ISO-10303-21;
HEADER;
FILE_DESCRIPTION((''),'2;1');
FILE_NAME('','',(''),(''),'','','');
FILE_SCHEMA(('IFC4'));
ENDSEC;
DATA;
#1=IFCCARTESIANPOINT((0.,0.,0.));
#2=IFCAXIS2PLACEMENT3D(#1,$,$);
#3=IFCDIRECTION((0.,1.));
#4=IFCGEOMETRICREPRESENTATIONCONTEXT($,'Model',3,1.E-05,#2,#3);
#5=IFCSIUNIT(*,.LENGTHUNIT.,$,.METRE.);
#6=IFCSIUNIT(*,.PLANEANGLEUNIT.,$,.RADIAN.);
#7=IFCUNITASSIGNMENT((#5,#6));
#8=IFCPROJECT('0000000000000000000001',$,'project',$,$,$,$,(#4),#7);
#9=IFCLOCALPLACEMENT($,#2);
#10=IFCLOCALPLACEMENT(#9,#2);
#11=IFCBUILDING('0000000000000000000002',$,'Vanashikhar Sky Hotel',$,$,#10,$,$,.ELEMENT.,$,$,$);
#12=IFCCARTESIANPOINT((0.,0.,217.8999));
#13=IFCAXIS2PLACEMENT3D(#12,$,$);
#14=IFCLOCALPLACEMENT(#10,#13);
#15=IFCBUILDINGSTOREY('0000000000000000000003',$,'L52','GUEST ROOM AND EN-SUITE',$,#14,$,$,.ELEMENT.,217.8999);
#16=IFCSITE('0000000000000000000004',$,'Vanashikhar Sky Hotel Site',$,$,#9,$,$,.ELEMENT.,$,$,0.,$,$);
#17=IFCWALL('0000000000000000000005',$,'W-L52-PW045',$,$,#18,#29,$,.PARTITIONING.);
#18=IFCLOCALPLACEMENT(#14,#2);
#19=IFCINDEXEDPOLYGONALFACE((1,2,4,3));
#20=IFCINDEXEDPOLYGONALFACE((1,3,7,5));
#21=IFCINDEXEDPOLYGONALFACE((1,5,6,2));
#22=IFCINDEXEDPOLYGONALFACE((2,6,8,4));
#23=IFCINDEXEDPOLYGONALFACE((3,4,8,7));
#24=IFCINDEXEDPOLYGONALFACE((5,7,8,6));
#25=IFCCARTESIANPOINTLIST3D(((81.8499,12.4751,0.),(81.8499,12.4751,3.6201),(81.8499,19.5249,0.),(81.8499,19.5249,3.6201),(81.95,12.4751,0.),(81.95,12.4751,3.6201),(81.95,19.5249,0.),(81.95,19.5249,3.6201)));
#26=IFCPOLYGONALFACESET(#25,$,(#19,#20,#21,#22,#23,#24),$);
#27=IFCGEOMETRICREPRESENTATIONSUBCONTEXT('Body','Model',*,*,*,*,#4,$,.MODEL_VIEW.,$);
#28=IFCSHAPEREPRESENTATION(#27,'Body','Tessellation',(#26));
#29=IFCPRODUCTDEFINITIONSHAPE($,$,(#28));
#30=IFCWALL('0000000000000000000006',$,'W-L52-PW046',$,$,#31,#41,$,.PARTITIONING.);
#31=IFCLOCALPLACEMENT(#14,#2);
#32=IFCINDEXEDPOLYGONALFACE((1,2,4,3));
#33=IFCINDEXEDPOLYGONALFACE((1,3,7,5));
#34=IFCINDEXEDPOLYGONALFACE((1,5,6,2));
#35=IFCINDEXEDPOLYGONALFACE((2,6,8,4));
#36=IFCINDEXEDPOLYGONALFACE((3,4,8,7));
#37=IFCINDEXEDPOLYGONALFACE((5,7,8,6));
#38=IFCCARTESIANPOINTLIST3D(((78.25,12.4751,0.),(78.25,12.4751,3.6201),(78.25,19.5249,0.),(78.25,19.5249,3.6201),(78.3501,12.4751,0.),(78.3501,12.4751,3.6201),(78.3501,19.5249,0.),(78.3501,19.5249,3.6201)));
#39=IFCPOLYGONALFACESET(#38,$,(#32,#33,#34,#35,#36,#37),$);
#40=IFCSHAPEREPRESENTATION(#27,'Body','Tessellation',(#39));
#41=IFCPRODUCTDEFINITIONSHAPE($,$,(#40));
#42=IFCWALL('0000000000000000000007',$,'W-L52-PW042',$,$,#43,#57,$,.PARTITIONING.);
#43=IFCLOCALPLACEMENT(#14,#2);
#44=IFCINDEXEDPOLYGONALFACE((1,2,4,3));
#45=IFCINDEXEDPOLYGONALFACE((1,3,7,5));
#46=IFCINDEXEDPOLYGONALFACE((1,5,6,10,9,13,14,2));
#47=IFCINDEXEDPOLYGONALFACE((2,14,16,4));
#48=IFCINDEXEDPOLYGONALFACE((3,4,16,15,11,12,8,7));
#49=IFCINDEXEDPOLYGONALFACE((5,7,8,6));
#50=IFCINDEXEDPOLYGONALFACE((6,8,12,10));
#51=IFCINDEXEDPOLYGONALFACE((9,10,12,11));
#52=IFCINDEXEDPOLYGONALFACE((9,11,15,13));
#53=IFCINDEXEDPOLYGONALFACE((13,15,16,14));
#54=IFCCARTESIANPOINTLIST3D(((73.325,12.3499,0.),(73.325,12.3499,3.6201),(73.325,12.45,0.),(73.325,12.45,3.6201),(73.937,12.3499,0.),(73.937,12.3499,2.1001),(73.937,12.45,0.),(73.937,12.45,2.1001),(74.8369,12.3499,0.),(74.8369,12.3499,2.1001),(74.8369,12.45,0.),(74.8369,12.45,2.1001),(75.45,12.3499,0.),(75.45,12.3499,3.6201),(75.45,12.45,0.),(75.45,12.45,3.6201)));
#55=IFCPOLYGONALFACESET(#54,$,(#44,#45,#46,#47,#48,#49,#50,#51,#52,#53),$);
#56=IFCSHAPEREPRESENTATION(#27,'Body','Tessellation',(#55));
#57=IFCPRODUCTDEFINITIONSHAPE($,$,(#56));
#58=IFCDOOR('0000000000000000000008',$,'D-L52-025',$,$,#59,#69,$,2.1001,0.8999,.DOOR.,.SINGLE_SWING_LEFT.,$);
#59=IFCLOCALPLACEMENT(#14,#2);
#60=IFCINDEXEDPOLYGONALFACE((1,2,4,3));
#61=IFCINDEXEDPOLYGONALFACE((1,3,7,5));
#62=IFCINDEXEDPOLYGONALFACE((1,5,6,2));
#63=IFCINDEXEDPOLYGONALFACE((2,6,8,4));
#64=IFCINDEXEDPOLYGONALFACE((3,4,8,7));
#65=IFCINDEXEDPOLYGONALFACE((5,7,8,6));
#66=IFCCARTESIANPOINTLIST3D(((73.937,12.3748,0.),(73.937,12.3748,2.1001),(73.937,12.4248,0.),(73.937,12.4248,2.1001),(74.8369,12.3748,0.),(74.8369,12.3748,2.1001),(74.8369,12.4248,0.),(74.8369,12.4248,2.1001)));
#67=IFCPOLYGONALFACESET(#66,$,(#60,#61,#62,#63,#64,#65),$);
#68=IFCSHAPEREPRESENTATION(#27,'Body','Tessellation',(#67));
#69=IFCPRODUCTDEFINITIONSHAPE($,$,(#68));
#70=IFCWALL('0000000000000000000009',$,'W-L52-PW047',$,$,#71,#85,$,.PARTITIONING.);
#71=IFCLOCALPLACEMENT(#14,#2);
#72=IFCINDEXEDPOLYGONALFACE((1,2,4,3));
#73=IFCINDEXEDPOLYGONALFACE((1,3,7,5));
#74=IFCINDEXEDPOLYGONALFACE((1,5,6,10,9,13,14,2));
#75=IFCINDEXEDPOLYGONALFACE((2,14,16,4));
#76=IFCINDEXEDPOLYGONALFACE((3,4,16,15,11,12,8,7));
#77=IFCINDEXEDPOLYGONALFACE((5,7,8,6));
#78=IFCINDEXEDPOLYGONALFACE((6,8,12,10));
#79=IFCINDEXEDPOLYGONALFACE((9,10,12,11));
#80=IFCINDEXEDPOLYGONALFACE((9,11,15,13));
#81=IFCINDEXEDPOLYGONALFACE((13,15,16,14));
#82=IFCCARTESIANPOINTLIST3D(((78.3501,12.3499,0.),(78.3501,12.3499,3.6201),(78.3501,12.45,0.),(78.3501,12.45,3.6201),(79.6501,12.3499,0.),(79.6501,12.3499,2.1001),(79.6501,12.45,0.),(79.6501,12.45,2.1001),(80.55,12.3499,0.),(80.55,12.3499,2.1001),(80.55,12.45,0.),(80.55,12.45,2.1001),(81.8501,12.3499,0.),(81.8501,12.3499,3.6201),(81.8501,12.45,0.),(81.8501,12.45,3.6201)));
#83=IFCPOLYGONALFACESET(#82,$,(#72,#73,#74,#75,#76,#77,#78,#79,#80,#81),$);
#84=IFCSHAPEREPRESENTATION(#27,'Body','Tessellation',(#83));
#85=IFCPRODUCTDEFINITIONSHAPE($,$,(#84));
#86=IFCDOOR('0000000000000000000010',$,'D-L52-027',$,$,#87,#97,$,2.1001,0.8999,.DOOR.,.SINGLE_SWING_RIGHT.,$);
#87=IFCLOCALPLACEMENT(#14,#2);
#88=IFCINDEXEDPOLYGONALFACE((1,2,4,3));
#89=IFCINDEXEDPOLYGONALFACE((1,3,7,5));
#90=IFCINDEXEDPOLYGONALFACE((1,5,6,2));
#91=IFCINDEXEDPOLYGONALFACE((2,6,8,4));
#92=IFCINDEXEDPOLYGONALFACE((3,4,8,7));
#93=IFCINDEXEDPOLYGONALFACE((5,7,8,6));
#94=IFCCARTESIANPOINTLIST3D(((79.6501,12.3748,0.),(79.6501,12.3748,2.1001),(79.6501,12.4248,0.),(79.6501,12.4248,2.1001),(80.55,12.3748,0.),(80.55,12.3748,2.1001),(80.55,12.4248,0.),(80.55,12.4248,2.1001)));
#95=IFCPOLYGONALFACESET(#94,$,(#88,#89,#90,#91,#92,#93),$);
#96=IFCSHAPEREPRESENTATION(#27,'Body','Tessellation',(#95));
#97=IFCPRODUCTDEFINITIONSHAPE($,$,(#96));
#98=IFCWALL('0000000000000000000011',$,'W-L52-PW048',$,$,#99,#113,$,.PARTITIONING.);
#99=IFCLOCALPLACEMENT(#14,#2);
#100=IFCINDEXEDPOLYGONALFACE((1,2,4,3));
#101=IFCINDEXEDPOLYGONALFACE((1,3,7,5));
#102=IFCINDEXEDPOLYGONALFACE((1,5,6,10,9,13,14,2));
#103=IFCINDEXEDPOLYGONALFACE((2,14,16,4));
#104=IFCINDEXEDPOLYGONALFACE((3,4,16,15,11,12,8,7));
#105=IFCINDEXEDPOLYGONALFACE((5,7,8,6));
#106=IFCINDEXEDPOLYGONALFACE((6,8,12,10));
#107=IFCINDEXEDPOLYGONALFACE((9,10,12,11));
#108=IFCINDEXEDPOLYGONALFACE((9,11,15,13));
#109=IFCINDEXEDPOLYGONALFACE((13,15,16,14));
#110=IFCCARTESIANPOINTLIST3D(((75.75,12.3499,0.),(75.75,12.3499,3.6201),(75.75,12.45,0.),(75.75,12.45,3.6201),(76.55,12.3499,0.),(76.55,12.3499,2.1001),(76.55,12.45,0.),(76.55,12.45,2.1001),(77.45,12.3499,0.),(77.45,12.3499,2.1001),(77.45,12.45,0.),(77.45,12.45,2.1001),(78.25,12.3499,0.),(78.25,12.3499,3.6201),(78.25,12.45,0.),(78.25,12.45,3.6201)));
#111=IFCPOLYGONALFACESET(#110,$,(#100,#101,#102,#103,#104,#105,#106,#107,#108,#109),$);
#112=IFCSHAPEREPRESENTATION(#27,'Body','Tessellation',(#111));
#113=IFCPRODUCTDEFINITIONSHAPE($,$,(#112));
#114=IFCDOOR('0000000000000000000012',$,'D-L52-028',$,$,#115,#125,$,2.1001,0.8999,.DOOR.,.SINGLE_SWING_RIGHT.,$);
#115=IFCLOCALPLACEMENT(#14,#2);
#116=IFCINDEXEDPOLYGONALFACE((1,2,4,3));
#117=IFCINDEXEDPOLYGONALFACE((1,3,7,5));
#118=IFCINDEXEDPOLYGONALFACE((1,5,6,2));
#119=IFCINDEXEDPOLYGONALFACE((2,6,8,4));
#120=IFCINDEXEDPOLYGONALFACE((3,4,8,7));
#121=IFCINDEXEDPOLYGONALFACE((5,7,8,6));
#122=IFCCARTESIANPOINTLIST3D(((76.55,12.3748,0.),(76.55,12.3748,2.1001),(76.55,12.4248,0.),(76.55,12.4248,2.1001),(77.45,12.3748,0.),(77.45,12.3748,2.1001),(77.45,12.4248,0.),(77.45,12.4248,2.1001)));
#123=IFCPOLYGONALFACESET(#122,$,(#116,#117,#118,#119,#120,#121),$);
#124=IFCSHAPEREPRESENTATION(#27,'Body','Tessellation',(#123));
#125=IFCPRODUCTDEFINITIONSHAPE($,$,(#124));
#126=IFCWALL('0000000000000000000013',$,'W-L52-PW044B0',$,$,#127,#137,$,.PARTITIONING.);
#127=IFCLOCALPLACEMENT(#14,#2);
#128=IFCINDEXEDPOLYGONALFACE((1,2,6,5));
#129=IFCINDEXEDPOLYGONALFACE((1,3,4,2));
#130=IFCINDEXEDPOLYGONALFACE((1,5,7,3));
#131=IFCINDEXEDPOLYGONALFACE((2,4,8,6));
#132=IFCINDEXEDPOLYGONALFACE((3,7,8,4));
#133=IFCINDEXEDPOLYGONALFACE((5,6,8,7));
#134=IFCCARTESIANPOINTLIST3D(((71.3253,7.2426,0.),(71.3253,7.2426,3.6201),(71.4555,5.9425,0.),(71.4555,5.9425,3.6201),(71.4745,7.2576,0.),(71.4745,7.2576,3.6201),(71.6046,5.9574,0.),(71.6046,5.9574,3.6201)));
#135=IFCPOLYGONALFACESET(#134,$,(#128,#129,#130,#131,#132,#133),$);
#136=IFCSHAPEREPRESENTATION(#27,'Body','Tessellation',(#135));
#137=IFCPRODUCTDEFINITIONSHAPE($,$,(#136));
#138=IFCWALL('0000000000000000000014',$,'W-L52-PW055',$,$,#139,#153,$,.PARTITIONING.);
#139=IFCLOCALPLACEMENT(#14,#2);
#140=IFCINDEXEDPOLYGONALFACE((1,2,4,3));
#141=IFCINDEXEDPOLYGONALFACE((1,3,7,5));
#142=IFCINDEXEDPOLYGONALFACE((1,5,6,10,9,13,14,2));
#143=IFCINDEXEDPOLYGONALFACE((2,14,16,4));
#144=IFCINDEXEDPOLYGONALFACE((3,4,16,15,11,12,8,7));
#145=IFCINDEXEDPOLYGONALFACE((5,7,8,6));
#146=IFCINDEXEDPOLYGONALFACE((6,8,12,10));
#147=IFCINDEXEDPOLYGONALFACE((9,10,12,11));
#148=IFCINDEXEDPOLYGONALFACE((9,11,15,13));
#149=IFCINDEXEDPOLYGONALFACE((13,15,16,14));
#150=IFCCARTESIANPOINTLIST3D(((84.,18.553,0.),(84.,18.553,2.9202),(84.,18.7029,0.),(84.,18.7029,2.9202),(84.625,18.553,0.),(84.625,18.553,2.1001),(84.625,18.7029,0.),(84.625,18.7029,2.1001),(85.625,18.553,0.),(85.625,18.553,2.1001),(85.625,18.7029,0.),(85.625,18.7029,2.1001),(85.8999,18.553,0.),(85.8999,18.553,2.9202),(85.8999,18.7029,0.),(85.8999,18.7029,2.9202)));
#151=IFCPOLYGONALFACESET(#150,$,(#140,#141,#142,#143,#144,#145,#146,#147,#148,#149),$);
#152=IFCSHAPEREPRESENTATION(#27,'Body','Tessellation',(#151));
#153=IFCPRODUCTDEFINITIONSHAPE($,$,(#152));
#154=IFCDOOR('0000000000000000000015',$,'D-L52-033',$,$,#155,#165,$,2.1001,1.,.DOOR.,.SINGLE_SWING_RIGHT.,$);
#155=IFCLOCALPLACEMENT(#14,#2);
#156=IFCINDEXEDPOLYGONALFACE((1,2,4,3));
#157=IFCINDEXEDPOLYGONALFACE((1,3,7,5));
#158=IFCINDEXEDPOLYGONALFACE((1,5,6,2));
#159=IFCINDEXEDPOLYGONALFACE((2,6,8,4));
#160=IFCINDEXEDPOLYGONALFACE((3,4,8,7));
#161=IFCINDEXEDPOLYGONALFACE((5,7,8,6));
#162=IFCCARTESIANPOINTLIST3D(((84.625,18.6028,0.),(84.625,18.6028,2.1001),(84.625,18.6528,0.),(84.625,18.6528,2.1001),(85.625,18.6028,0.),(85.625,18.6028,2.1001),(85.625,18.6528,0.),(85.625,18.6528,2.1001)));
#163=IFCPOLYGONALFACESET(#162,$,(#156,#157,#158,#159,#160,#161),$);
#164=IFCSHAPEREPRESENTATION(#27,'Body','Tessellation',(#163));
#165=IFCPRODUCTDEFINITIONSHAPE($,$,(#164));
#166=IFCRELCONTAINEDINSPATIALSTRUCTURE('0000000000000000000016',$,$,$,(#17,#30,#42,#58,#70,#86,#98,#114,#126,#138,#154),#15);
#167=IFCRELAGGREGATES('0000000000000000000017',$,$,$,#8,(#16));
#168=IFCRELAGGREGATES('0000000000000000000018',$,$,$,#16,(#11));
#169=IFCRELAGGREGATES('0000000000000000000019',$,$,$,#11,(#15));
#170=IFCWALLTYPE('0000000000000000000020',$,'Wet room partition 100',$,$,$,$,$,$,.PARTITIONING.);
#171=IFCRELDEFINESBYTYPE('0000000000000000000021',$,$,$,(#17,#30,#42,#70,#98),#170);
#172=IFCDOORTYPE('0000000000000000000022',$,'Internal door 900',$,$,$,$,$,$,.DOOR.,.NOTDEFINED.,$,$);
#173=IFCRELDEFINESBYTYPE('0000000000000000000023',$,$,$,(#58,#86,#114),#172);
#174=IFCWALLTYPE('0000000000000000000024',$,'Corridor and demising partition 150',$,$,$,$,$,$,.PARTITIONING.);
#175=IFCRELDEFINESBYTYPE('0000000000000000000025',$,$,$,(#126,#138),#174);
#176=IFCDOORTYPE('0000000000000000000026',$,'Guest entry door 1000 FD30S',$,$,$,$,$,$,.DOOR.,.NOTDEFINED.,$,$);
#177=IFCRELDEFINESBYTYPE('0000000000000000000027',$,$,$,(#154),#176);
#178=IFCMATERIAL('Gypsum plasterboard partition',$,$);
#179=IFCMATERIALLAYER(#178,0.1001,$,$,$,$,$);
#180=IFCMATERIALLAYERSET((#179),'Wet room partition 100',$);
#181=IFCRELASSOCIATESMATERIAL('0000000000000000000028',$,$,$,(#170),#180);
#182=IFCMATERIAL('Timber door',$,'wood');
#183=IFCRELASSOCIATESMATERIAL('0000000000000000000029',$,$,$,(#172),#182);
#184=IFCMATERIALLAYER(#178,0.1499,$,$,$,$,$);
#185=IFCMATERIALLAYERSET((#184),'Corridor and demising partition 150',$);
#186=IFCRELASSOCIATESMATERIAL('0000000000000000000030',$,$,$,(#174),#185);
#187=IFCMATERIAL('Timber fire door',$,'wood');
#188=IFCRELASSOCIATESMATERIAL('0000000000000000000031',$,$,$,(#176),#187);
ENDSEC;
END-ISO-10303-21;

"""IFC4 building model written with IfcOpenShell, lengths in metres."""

from ifc_helpers import new_model, si_unit, direction, frame, frame_2d, origin, place, context, subcontext, project, spatial, rectangle, extrude, source, transform, mapped, material, layer, layer_set, type_object, element, fill, save


model = new_model("IFC4")

# Units and contexts
model_context = context("Model", 3, precision=1e-05, world=origin(), true_north=direction((0.0, 1.0)))
body_context = subcontext(model_context, "Body", "Model", "MODEL_VIEW")
ifc_project = project(units=[si_unit("LENGTHUNIT", "METRE"), si_unit("PLANEANGLEUNIT", "RADIAN")], contexts=[model_context])

# Site, building, storey
site_placement = place(None, origin())
site = spatial("IfcSite", under=ifc_project, at=site_placement, Name="Vanashikhar Sky Hotel Site", CompositionType="ELEMENT", RefElevation=0.0)
building_placement = place(site_placement, origin())
building = spatial("IfcBuilding", under=site, at=building_placement, Name="Vanashikhar Sky Hotel", CompositionType="ELEMENT")
storey_placement = place(building_placement, frame((0.0, 0.0, 217.8999)))
storey = spatial("IfcBuildingStorey", under=building, at=storey_placement, Name="L52", Description="GUEST ROOM AND EN-SUITE", CompositionType="ELEMENT", Elevation=217.8999)

# Walls
ifc_material_1 = material(Name="Gypsum plasterboard partition")
ifc_layer_1 = layer(ifc_material_1, 0.1001)
ifc_layer_set_1 = layer_set([ifc_layer_1], Name="Wet room partition 100")
wall_type_1 = type_object("IfcWallType", Name="Wet room partition 100", PredefinedType="PARTITIONING", material=ifc_layer_set_1)
shared_shape_1 = source(origin(), body_context, "Body", "SweptSolid", [
    extrude(rectangle(XDim=7.0498, YDim=0.1001, at=frame_2d((3.5249, 0.0))), origin(), (0.0, 0.0, 1.0), 3.6201),
])
for number, where, z_axis, x_axis, name in (
    (1, (81.8999, 12.4751, 0.0), (0.0, 0.0, 1.0), (0.0, 1.0, 0.0), "W-L52-PW045"),
    (2, (78.3, 12.4751, 0.0), (0.0, 0.0, 1.0), (0.0, 1.0, 0.0), "W-L52-PW046"),
):
    element("IfcWall", number, at=place(storey_placement, frame(where, z_axis=z_axis, x_axis=x_axis)), inside=storey, type_object=wall_type_1, Name=name, PredefinedType="PARTITIONING", context=body_context, shape_type="MappedRepresentation", body=[
        mapped(shared_shape_1, transform((0.0, 0.0, 0.0), scale=1.0)),
    ])

# Walls, openings, doors
shared_shape_2 = source(origin(), body_context, "Body", "SweptSolid", [
    extrude(rectangle(XDim=2.125, YDim=0.1001, at=frame_2d((1.0625, 0.0))), origin(), (0.0, 0.0, 1.0), 3.6201),
])
wall_1_placement = place(storey_placement, frame((73.325, 12.3999, 0.0), z_axis=(0.0, 0.0, 1.0), x_axis=(1.0, 0.0, 0.0)))
wall_1 = element("IfcWall", 3, at=wall_1_placement, inside=storey, type_object=wall_type_1, Name="W-L52-PW042", PredefinedType="PARTITIONING", context=body_context, shape_type="MappedRepresentation", body=[
    mapped(shared_shape_2, transform((0.0, 0.0, 0.0), scale=1.0)),
])
shared_shape_3 = source(origin(), body_context, "Body", "SweptSolid", [
    extrude(rectangle(XDim=0.8999, YDim=2.1001, at=frame_2d((0.45, 1.05))), frame((0.0, 0.0601, 0.0), z_axis=(0.0, -1.0, 0.0), x_axis=(1.0, 0.0, 0.0)), (0.0, 0.0, 1.0), 0.1201),
])
opening_1_placement = place(wall_1_placement, frame((0.6121, 0.0, 0.0)))
opening_1 = element("IfcOpeningElement", 4, at=opening_1_placement, cuts=wall_1, PredefinedType="OPENING", context=body_context, shape_type="MappedRepresentation", body=[
    mapped(shared_shape_3, transform((0.0, 0.0, 0.0), scale=1.0)),
])
ifc_material_2 = material(Name="Timber door", Category="wood")
door_type_1 = type_object("IfcDoorType", Name="Internal door 900", OperationType="NOTDEFINED", PredefinedType="DOOR", material=ifc_material_2)
shared_shape_4 = source(origin(), body_context, "Body", "SweptSolid", [
    extrude(rectangle(XDim=0.8999, YDim=2.1001, at=frame_2d((0.45, 1.05))), frame((0.0, 0.0249, 0.0), z_axis=(0.0, -1.0, 0.0), x_axis=(1.0, 0.0, 0.0)), (0.0, 0.0, 1.0), 0.05),
])
door_1_placement = place(opening_1_placement, origin())
door_1 = element("IfcDoor", 5, at=door_1_placement, inside=storey, type_object=door_type_1, Name="D-L52-025", OperationType="SINGLE_SWING_LEFT", OverallHeight=2.1001, OverallWidth=0.8999, PredefinedType="DOOR", context=body_context, shape_type="MappedRepresentation", body=[
    mapped(shared_shape_4, transform((0.0, 0.0, 0.0), scale=1.0)),
])
fill(opening_1, door_1)
shared_shape_5 = source(origin(), body_context, "Body", "SweptSolid", [
    extrude(rectangle(XDim=3.5, YDim=0.1001, at=frame_2d((1.75, 0.0))), origin(), (0.0, 0.0, 1.0), 3.6201),
])
wall_2_placement = place(storey_placement, frame((78.3501, 12.3999, 0.0), z_axis=(0.0, 0.0, 1.0), x_axis=(1.0, 0.0, 0.0)))
wall_2 = element("IfcWall", 6, at=wall_2_placement, inside=storey, type_object=wall_type_1, Name="W-L52-PW047", PredefinedType="PARTITIONING", context=body_context, shape_type="MappedRepresentation", body=[
    mapped(shared_shape_5, transform((0.0, 0.0, 0.0), scale=1.0)),
])
opening_2_placement = place(wall_2_placement, frame((1.3, 0.0, 0.0)))
opening_2 = element("IfcOpeningElement", 7, at=opening_2_placement, cuts=wall_2, PredefinedType="OPENING", context=body_context, shape_type="MappedRepresentation", body=[
    mapped(shared_shape_3, transform((0.0, 0.0, 0.0), scale=1.0)),
])
door_2_placement = place(opening_2_placement, origin())
door_2 = element("IfcDoor", 8, at=door_2_placement, inside=storey, type_object=door_type_1, Name="D-L52-027", OperationType="SINGLE_SWING_RIGHT", OverallHeight=2.1001, OverallWidth=0.8999, PredefinedType="DOOR", context=body_context, shape_type="MappedRepresentation", body=[
    mapped(shared_shape_4, transform((0.0, 0.0, 0.0), scale=1.0)),
])
fill(opening_2, door_2)
shared_shape_6 = source(origin(), body_context, "Body", "SweptSolid", [
    extrude(rectangle(XDim=2.5, YDim=0.1001, at=frame_2d((1.25, 0.0))), origin(), (0.0, 0.0, 1.0), 3.6201),
])
wall_3_placement = place(storey_placement, frame((75.75, 12.3999, 0.0), z_axis=(0.0, 0.0, 1.0), x_axis=(1.0, 0.0, 0.0)))
wall_3 = element("IfcWall", 9, at=wall_3_placement, inside=storey, type_object=wall_type_1, Name="W-L52-PW048", PredefinedType="PARTITIONING", context=body_context, shape_type="MappedRepresentation", body=[
    mapped(shared_shape_6, transform((0.0, 0.0, 0.0), scale=1.0)),
])
opening_3_placement = place(wall_3_placement, frame((0.8, 0.0, 0.0)))
opening_3 = element("IfcOpeningElement", 10, at=opening_3_placement, cuts=wall_3, PredefinedType="OPENING", context=body_context, shape_type="MappedRepresentation", body=[
    mapped(shared_shape_3, transform((0.0, 0.0, 0.0), scale=1.0)),
])
door_3_placement = place(opening_3_placement, origin())
door_3 = element("IfcDoor", 11, at=door_3_placement, inside=storey, type_object=door_type_1, Name="D-L52-028", OperationType="SINGLE_SWING_RIGHT", OverallHeight=2.1001, OverallWidth=0.8999, PredefinedType="DOOR", context=body_context, shape_type="MappedRepresentation", body=[
    mapped(shared_shape_4, transform((0.0, 0.0, 0.0), scale=1.0)),
])
fill(opening_3, door_3)

# Wall
ifc_layer_2 = layer(ifc_material_1, 0.1499)
ifc_layer_set_2 = layer_set([ifc_layer_2], Name="Corridor and demising partition 150")
wall_type_2 = type_object("IfcWallType", Name="Corridor and demising partition 150", PredefinedType="PARTITIONING", material=ifc_layer_set_2)
shared_shape_7 = source(origin(), body_context, "Body", "SweptSolid", [
    extrude(rectangle(XDim=1.3066, YDim=0.1499, at=frame_2d((0.6533, 0.0))), origin(), (0.0, 0.0, 1.0), 3.6201),
])
wall_4_placement = place(storey_placement, frame((71.53, 5.95, 0.0), z_axis=(0.0, 0.0, 1.0), x_axis=(-0.099596, 0.995028, 0.0)))
element("IfcWall", 12, at=wall_4_placement, inside=storey, type_object=wall_type_2, Name="W-L52-PW044B0", PredefinedType="PARTITIONING", context=body_context, shape_type="MappedRepresentation", body=[
    mapped(shared_shape_7, transform((0.0, 0.0, 0.0), scale=1.0)),
])

# Wall, opening, door
shared_shape_8 = source(origin(), body_context, "Body", "SweptSolid", [
    extrude(rectangle(XDim=1.8999, YDim=0.1499, at=frame_2d((0.95, 0.0))), origin(), (0.0, 0.0, 1.0), 2.9202),
])
wall_5_placement = place(storey_placement, frame((84.0, 18.6279, 0.0), z_axis=(0.0, 0.0, 1.0), x_axis=(1.0, 0.0, 0.0)))
wall_5 = element("IfcWall", 13, at=wall_5_placement, inside=storey, type_object=wall_type_2, Name="W-L52-PW055", PredefinedType="PARTITIONING", context=body_context, shape_type="MappedRepresentation", body=[
    mapped(shared_shape_8, transform((0.0, 0.0, 0.0), scale=1.0)),
])
shared_shape_9 = source(origin(), body_context, "Body", "SweptSolid", [
    extrude(rectangle(XDim=1.0, YDim=2.1001, at=frame_2d((0.5, 1.05))), frame((0.0, 0.085, 0.0), z_axis=(0.0, -1.0, 0.0), x_axis=(1.0, 0.0, 0.0)), (0.0, 0.0, 1.0), 0.1699),
])
opening_4_placement = place(wall_5_placement, frame((0.625, 0.0, 0.0)))
opening_4 = element("IfcOpeningElement", 14, at=opening_4_placement, cuts=wall_5, PredefinedType="OPENING", context=body_context, shape_type="MappedRepresentation", body=[
    mapped(shared_shape_9, transform((0.0, 0.0, 0.0), scale=1.0)),
])
ifc_material_3 = material(Name="Timber fire door", Category="wood")
door_type_2 = type_object("IfcDoorType", Name="Guest entry door 1000 FD30S", OperationType="NOTDEFINED", PredefinedType="DOOR", material=ifc_material_3)
shared_shape_10 = source(origin(), body_context, "Body", "SweptSolid", [
    extrude(rectangle(XDim=1.0, YDim=2.1001, at=frame_2d((0.5, 1.05))), frame((0.0, 0.0249, 0.0), z_axis=(0.0, -1.0, 0.0), x_axis=(1.0, 0.0, 0.0)), (0.0, 0.0, 1.0), 0.05),
])
door_4_placement = place(opening_4_placement, origin())
door_4 = element("IfcDoor", 15, at=door_4_placement, inside=storey, type_object=door_type_2, Name="D-L52-033", OperationType="SINGLE_SWING_RIGHT", OverallHeight=2.1001, OverallWidth=1.0, PredefinedType="DOOR", context=body_context, shape_type="MappedRepresentation", body=[
    mapped(shared_shape_10, transform((0.0, 0.0, 0.0), scale=1.0)),
])
fill(opening_4, door_4)

save(model, "model.ifc")
